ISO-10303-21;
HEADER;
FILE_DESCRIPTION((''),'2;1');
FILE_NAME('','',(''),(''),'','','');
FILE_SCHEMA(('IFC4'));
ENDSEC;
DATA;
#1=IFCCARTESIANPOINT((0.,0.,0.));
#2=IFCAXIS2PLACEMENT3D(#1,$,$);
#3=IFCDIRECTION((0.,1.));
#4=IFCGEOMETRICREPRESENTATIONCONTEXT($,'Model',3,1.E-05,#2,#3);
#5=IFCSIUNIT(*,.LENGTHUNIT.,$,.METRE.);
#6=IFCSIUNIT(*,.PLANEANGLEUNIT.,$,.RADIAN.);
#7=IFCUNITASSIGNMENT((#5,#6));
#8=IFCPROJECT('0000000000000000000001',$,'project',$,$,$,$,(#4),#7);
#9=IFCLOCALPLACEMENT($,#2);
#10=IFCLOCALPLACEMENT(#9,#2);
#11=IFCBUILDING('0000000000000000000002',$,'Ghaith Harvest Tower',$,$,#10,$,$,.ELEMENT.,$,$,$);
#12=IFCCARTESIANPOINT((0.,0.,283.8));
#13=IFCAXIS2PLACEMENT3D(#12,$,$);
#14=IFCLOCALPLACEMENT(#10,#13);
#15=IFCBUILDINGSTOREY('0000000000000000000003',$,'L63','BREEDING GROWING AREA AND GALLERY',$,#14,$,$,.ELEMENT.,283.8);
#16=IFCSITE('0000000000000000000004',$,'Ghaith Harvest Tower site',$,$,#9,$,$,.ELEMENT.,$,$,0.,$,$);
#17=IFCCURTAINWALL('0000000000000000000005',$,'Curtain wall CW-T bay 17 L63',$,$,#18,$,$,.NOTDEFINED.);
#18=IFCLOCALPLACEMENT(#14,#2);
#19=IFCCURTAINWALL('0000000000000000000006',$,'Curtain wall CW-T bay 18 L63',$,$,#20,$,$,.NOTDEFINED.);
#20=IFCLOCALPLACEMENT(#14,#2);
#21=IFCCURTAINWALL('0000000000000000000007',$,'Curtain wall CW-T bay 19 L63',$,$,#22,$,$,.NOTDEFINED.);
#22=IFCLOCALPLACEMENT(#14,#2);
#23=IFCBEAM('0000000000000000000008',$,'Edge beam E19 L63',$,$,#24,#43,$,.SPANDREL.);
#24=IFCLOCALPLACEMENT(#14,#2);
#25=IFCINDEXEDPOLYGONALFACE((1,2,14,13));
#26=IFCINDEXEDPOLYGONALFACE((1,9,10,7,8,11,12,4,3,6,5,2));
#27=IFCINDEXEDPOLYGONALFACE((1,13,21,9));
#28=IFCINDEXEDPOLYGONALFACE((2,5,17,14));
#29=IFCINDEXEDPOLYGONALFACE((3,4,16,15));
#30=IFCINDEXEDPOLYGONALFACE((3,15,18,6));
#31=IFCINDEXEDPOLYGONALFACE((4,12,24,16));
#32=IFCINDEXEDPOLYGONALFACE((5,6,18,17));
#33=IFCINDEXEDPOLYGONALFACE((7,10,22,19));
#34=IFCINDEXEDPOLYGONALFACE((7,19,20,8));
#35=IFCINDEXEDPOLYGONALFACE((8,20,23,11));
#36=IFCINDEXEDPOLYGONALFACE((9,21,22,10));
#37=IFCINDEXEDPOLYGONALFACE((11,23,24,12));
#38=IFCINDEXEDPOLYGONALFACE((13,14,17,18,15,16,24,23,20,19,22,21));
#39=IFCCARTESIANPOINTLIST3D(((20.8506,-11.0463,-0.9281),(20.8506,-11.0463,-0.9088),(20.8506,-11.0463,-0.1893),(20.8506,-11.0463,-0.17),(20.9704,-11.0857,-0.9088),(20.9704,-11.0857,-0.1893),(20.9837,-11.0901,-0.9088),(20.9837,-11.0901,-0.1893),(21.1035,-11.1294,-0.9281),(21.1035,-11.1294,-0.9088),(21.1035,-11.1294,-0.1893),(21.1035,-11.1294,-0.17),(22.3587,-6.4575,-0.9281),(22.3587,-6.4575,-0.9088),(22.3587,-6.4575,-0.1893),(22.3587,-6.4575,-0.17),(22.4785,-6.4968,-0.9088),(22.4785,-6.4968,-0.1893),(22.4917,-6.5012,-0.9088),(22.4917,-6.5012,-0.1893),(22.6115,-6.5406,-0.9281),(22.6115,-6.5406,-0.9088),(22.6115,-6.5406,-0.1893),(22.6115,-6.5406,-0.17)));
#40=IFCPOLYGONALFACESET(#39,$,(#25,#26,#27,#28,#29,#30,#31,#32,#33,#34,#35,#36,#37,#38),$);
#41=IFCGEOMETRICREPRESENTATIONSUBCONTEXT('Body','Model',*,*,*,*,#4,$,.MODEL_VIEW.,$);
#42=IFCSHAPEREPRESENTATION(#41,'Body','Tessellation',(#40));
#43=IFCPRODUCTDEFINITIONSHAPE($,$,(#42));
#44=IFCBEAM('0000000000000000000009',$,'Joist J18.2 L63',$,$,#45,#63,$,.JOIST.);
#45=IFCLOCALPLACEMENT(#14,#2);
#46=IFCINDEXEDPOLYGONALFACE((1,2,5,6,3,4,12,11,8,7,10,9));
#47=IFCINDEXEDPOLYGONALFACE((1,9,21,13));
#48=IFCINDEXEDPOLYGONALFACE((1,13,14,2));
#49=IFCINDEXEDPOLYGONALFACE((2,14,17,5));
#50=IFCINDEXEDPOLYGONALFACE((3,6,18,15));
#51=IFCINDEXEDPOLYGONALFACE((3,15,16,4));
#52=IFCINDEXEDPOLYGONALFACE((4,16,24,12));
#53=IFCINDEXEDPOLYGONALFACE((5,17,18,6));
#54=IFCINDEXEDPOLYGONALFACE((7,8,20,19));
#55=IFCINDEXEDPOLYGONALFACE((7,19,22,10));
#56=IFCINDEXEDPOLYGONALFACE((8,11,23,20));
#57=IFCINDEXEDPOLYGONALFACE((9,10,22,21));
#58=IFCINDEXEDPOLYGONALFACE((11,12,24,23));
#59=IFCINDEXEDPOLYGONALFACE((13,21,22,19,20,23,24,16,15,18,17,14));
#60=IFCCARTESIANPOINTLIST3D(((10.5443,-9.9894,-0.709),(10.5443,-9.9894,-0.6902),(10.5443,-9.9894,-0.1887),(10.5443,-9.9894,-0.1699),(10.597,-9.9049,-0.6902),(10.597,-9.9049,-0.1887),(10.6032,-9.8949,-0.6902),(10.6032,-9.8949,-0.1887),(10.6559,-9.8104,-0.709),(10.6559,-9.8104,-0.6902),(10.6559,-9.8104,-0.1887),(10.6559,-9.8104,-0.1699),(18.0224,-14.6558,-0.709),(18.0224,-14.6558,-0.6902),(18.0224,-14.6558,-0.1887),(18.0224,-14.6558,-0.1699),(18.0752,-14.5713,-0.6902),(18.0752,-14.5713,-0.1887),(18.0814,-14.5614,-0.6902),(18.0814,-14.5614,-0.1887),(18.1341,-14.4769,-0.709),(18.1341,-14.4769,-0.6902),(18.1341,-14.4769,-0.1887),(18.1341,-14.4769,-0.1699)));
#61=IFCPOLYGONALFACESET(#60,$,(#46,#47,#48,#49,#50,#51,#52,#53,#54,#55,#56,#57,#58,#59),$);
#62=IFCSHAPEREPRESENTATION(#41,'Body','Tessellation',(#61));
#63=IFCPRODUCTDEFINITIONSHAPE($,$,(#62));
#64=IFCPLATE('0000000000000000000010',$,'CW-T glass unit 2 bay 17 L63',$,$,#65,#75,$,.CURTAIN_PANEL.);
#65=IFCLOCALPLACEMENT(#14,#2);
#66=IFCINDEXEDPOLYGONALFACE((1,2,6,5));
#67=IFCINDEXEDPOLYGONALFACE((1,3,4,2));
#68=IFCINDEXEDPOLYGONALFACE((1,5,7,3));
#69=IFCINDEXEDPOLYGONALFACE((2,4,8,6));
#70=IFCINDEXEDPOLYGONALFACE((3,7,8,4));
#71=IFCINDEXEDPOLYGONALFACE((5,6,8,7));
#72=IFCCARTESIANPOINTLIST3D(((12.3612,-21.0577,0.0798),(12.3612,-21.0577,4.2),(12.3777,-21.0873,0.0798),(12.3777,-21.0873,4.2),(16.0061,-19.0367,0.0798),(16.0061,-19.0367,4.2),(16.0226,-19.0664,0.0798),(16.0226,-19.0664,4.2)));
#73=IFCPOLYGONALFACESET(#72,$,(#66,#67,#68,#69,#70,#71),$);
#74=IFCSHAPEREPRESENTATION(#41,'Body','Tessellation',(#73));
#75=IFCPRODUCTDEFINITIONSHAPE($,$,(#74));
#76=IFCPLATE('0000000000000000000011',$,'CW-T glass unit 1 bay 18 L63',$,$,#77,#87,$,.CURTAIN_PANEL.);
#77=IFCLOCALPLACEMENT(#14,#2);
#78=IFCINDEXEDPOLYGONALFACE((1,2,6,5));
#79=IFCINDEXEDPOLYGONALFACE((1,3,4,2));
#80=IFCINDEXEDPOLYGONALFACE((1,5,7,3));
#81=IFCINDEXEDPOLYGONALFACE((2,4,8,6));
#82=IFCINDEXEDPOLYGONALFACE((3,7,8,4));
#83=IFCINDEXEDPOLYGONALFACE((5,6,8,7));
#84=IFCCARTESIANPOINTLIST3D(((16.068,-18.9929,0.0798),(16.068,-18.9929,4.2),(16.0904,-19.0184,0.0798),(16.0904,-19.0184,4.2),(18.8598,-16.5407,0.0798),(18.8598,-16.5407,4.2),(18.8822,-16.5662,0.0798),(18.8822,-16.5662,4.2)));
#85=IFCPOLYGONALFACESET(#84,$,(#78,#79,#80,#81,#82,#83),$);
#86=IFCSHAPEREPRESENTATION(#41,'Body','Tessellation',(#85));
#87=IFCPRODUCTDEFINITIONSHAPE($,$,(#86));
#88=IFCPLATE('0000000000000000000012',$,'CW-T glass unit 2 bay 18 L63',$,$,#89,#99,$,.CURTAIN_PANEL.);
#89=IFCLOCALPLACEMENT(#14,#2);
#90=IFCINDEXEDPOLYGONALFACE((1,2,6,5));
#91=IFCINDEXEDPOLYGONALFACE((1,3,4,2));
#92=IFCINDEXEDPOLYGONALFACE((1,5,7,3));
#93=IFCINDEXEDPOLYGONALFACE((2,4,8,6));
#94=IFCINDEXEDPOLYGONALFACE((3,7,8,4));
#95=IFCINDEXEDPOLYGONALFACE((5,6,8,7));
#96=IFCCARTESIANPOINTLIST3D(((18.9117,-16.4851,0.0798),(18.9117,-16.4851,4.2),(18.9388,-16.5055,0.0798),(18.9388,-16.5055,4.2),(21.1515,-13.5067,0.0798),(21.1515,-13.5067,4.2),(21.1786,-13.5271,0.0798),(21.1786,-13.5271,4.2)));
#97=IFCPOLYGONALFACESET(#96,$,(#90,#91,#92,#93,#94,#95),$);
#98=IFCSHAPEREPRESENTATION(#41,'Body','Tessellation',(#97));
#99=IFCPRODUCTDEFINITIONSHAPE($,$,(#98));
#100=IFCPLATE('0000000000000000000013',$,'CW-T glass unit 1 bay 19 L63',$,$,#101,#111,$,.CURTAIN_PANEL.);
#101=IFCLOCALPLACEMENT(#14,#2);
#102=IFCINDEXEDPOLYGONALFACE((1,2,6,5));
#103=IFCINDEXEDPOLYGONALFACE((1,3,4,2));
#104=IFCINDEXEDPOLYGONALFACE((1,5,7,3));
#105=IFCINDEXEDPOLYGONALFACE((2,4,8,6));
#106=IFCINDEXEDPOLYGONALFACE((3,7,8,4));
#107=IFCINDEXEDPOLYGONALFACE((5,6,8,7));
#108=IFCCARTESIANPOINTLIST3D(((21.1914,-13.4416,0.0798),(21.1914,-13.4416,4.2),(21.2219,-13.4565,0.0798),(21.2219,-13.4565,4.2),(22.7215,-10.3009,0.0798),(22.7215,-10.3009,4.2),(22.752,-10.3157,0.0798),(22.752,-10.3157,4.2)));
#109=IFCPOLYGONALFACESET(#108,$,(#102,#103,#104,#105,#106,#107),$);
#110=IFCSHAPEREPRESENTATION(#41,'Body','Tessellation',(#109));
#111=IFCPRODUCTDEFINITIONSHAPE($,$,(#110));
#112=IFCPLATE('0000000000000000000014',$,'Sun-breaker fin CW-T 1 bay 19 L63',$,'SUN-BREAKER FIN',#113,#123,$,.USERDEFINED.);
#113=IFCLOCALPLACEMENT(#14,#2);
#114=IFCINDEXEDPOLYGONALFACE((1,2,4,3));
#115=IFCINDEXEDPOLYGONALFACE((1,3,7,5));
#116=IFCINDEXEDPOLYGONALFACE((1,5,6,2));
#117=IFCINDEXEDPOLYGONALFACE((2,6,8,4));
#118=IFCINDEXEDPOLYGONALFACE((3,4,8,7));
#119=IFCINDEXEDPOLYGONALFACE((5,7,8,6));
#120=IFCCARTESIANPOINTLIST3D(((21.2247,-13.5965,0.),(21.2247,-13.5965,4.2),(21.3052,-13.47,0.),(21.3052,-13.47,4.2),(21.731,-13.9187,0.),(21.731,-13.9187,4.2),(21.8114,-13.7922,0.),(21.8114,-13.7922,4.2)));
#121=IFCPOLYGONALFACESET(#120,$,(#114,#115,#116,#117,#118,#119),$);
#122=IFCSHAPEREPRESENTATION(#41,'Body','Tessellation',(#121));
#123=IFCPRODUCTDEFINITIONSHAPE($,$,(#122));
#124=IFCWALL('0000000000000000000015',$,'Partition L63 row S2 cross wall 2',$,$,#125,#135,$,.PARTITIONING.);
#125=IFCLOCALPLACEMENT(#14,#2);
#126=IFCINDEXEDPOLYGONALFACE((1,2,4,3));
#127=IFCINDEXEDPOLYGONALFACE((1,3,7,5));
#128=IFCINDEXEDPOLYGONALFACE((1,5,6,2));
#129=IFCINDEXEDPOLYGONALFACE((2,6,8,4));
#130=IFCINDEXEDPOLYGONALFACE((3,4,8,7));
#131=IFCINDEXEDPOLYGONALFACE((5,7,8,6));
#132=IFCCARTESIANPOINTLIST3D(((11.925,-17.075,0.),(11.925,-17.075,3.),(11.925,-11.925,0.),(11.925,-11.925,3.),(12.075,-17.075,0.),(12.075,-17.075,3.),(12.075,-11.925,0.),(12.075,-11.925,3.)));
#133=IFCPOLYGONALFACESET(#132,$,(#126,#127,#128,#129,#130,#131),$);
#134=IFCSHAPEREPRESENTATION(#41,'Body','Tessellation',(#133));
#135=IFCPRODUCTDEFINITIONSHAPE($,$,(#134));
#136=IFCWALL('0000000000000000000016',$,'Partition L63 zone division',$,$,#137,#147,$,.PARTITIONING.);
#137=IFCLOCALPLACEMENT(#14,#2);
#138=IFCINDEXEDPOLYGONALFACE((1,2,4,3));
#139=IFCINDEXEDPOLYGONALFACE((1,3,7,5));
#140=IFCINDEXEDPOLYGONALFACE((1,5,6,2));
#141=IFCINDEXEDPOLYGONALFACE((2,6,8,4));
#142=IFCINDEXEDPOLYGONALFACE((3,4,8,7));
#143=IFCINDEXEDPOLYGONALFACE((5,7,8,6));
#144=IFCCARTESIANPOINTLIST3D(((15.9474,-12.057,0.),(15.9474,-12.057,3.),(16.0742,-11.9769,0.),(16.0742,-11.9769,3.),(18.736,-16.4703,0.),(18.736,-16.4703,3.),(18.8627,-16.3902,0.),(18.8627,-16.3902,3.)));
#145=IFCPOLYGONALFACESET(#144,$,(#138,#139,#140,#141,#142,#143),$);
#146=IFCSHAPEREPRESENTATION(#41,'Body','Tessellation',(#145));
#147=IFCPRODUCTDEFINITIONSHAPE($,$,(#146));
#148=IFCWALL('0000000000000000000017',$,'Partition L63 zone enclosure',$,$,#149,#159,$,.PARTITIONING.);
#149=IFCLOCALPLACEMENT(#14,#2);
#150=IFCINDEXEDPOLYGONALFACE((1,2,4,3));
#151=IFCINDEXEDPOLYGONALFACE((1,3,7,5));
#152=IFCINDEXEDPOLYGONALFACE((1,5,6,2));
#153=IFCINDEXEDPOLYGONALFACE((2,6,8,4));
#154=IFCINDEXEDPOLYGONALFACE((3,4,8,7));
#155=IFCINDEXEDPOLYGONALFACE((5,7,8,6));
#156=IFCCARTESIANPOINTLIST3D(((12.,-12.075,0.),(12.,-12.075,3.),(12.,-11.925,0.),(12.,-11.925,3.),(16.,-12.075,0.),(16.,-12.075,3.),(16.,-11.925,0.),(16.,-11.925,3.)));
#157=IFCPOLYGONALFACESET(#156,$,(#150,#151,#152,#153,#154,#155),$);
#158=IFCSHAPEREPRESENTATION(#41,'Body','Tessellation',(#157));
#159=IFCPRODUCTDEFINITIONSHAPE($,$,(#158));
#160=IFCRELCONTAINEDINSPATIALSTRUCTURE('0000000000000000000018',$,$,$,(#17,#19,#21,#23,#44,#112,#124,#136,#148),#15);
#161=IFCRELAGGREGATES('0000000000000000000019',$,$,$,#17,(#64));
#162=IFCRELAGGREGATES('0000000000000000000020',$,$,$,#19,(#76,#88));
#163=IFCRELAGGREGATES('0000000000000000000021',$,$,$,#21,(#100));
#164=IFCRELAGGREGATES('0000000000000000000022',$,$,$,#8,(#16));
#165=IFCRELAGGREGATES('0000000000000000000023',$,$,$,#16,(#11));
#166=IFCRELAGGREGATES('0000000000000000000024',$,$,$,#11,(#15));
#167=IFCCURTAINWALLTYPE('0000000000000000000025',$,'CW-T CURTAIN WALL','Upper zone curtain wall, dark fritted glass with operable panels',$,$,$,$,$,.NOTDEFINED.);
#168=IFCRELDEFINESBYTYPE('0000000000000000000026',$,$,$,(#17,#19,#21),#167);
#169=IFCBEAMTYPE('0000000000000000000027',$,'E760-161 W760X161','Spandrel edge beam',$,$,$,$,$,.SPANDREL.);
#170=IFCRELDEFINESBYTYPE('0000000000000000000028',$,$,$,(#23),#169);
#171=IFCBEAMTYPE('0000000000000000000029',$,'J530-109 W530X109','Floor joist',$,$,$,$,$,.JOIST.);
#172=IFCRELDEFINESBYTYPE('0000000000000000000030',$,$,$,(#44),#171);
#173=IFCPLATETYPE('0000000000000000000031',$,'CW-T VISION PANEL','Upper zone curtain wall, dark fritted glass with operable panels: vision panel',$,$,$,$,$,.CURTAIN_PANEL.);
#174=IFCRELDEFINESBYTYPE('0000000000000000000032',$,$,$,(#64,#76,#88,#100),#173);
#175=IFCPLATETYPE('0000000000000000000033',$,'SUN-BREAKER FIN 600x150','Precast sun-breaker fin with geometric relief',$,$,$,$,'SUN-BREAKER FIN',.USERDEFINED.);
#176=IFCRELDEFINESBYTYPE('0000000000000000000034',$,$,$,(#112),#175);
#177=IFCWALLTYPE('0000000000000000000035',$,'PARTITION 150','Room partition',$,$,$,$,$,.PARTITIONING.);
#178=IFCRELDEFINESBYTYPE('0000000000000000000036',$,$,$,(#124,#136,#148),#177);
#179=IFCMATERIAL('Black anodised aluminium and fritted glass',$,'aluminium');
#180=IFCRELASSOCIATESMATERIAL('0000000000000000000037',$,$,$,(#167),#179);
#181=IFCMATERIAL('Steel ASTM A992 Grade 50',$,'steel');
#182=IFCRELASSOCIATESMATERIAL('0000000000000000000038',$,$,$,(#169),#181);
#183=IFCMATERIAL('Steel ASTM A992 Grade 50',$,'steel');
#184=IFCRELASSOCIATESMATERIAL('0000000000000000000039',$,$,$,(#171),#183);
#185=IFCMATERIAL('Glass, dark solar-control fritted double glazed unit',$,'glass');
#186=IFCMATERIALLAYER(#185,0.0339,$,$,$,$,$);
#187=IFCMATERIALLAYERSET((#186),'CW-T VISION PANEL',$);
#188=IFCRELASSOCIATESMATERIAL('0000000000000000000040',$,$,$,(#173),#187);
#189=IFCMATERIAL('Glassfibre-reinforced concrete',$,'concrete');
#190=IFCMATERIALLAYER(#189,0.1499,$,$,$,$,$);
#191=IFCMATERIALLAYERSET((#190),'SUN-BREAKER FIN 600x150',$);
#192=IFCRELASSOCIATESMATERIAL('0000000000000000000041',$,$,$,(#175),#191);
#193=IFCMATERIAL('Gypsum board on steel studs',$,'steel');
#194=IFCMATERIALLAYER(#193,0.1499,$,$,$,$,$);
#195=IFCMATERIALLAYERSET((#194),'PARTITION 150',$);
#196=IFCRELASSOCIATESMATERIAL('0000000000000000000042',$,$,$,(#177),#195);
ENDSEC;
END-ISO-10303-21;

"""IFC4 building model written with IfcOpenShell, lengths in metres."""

from ifc_helpers import new_model, si_unit, direction, frame, frame_2d, origin, origin_2d, place, context, subcontext, project, spatial, rectangle, i_section, extrude, material, layer, layer_set, material_profile, profile_set, type_object, element, aggregate, save


model = new_model("IFC4")

# Units and contexts
model_context = context("Model", 3, precision=1e-05, world=origin(), true_north=direction((0.0, 1.0)))
body_context = subcontext(model_context, "Body", "Model", "MODEL_VIEW")
ifc_project = project(units=[si_unit("LENGTHUNIT", "METRE"), si_unit("PLANEANGLEUNIT", "RADIAN")], contexts=[model_context])

# Site, building, storey
site_placement = place(None, origin())
site = spatial("IfcSite", under=ifc_project, at=site_placement, Name="Ghaith Harvest Tower site", CompositionType="ELEMENT", RefElevation=0.0)
building_placement = place(site_placement, origin())
building = spatial("IfcBuilding", under=site, at=building_placement, Name="Ghaith Harvest Tower", CompositionType="ELEMENT")
storey_placement = place(building_placement, frame((0.0, 0.0, 283.8)))
storey = spatial("IfcBuildingStorey", under=building, at=storey_placement, Name="L63", Description="BREEDING GROWING AREA AND GALLERY", CompositionType="ELEMENT", Elevation=283.8)

# Curtain wall
ifc_material_1 = material(Name="Black anodised aluminium and fritted glass", Category="aluminium")
curtain_wall_type = type_object("IfcCurtainWallType", Name="CW-T CURTAIN WALL", Description="Upper zone curtain wall, dark fritted glass with operable panels", PredefinedType="NOTDEFINED", material=ifc_material_1)
curtain_wall_1_placement = place(storey_placement, origin())
curtain_wall_1 = element("IfcCurtainWall", 1, at=curtain_wall_1_placement, inside=storey, type_object=curtain_wall_type, Name="Curtain wall CW-T bay 17 L63", PredefinedType="NOTDEFINED")

# Curtain walls
curtain_wall_2_placement = place(storey_placement, origin())
curtain_wall_2 = element("IfcCurtainWall", 2, at=curtain_wall_2_placement, inside=storey, type_object=curtain_wall_type, Name="Curtain wall CW-T bay 18 L63", PredefinedType="NOTDEFINED")
curtain_wall_3_placement = place(storey_placement, origin())
curtain_wall_3 = element("IfcCurtainWall", 3, at=curtain_wall_3_placement, inside=storey, type_object=curtain_wall_type, Name="Curtain wall CW-T bay 19 L63", PredefinedType="NOTDEFINED")

# Beams
ifc_material_2 = material(Name="Steel ASTM A992 Grade 50", Category="steel")
ifc_material_profile_1 = material_profile(ifc_material_2, i_section(OverallWidth=0.2661, OverallDepth=0.7581, WebThickness=0.0139, FlangeThickness=0.0193, at=origin_2d()), Name="W760X161")
ifc_profile_set_1 = profile_set([ifc_material_profile_1], Name="Steel ASTM A992 Grade 50")
beam_type_1 = type_object("IfcBeamType", Name="E760-161 W760X161", Description="Spandrel edge beam", PredefinedType="SPANDREL", material=ifc_profile_set_1)
beam_1_placement = place(storey_placement, frame((20.9771, -11.0879, -0.5491), z_axis=(0.312207, 0.950014, 0.0), x_axis=(-0.950014, 0.312207, 0.0)))
element("IfcBeam", 4, at=beam_1_placement, inside=storey, type_object=beam_type_1, Name="Edge beam E19 L63", PredefinedType="SPANDREL", context=body_context, shape_type="SweptSolid", body=[
    extrude(i_section(OverallWidth=0.2661, OverallDepth=0.7581, WebThickness=0.0139, FlangeThickness=0.0193, at=origin_2d()), origin(), (0.0, 0.0, 1.0), 4.8303),
])
ifc_material_3 = material(Name="Steel ASTM A992 Grade 50", Category="steel")
ifc_material_profile_2 = material_profile(ifc_material_3, i_section(OverallWidth=0.2109, OverallDepth=0.5391, WebThickness=0.0117, FlangeThickness=0.0188, at=origin_2d()), Name="W530X109")
ifc_profile_set_2 = profile_set([ifc_material_profile_2], Name="Steel ASTM A992 Grade 50")
beam_type_2 = type_object("IfcBeamType", Name="J530-109 W530X109", Description="Floor joist", PredefinedType="JOIST", material=ifc_profile_set_2)
beam_2_placement = place(storey_placement, frame((10.6001, -9.8999, -0.4395), z_axis=(0.848376, -0.529394, 0.0), x_axis=(0.529394, 0.848376, 0.0)))
element("IfcBeam", 5, at=beam_2_placement, inside=storey, type_object=beam_type_2, Name="Joist J18.2 L63", PredefinedType="JOIST", context=body_context, shape_type="SweptSolid", body=[
    extrude(i_section(OverallWidth=0.2109, OverallDepth=0.5391, WebThickness=0.0117, FlangeThickness=0.0188, at=origin_2d()), origin(), (0.0, 0.0, 1.0), 8.8147),
])

# Plates
ifc_material_4 = material(Name="Glass, dark solar-control fritted double glazed unit", Category="glass")
ifc_layer_1 = layer(ifc_material_4, 0.0339)
ifc_layer_set_1 = layer_set([ifc_layer_1], Name="CW-T VISION PANEL")
plate_type_1 = type_object("IfcPlateType", Name="CW-T VISION PANEL", Description="Upper zone curtain wall, dark fritted glass with operable panels: vision panel", PredefinedType="CURTAIN_PANEL", material=ifc_layer_set_1)
plate_1_placement = place(storey_placement, frame((14.1919, -20.062, 0.0798), z_axis=(0.0, 0.0, 1.0), x_axis=(0.874564, 0.48491, 0.0)))
plate_1 = element("IfcPlate", 6, at=plate_1_placement, type_object=plate_type_1, Name="CW-T glass unit 2 bay 17 L63", PredefinedType="CURTAIN_PANEL", context=body_context, shape_type="SweptSolid", body=[
    extrude(rectangle(XDim=4.1677, YDim=0.0339, at=origin_2d()), origin(), (0.0, 0.0, 1.0), 4.1201),
])
aggregate(curtain_wall_1, [plate_1])
plate_2_placement = place(storey_placement, frame((17.4751, -17.7795, 0.0798), z_axis=(0.0, 0.0, 1.0), x_axis=(0.751335, 0.659922, 0.0)))
plate_2 = element("IfcPlate", 7, at=plate_2_placement, type_object=plate_type_1, Name="CW-T glass unit 1 bay 18 L63", PredefinedType="CURTAIN_PANEL", context=body_context, shape_type="SweptSolid", body=[
    extrude(rectangle(XDim=3.7158, YDim=0.0339, at=origin_2d()), origin(), (0.0, 0.0, 1.0), 4.1201),
])
plate_3_placement = place(storey_placement, frame((20.0452, -15.0061, 0.0798), z_axis=(0.0, 0.0, 1.0), x_axis=(0.601048, 0.799213, 0.0)))
plate_3 = element("IfcPlate", 8, at=plate_3_placement, type_object=plate_type_1, Name="CW-T glass unit 2 bay 18 L63", PredefinedType="CURTAIN_PANEL", context=body_context, shape_type="SweptSolid", body=[
    extrude(rectangle(XDim=3.7266, YDim=0.0339, at=origin_2d()), origin(), (0.0, 0.0, 1.0), 4.1201),
])
aggregate(curtain_wall_2, [plate_2, plate_3])
plate_4_placement = place(storey_placement, frame((21.9717, -11.8787, 0.0798), z_axis=(0.0, 0.0, 1.0), x_axis=(0.437968, 0.89899, 0.0)))
plate_4 = element("IfcPlate", 9, at=plate_4_placement, type_object=plate_type_1, Name="CW-T glass unit 1 bay 19 L63", PredefinedType="CURTAIN_PANEL", context=body_context, shape_type="SweptSolid", body=[
    extrude(rectangle(XDim=3.4937, YDim=0.0339, at=origin_2d()), origin(), (0.0, 0.0, 1.0), 4.1201),
])
aggregate(curtain_wall_3, [plate_4])
ifc_material_5 = material(Name="Glassfibre-reinforced concrete", Category="concrete")
ifc_layer_2 = layer(ifc_material_5, 0.1499)
ifc_layer_set_2 = layer_set([ifc_layer_2], Name="SUN-BREAKER FIN 600x150")
plate_type_2 = type_object("IfcPlateType", Name="SUN-BREAKER FIN 600x150", Description="Precast sun-breaker fin with geometric relief", ElementType="SUN-BREAKER FIN", PredefinedType="USERDEFINED", material=ifc_layer_set_2)
plate_5_placement = place(storey_placement, frame((21.5181, -13.6943, 0.0), z_axis=(0.0, 0.0, 1.0), x_axis=(0.843644, -0.536903, 0.0)))
element("IfcPlate", 10, at=plate_5_placement, inside=storey, type_object=plate_type_2, Name="Sun-breaker fin CW-T 1 bay 19 L63", ObjectType="SUN-BREAKER FIN", PredefinedType="USERDEFINED", context=body_context, shape_type="SweptSolid", body=[
    extrude(rectangle(XDim=0.6001, YDim=0.1499, at=origin_2d()), origin(), (0.0, 0.0, 1.0), 4.2),
])

# Walls
ifc_material_6 = material(Name="Gypsum board on steel studs", Category="steel")
ifc_layer_3 = layer(ifc_material_6, 0.1499)
ifc_layer_set_3 = layer_set([ifc_layer_3], Name="PARTITION 150")
wall_type = type_object("IfcWallType", Name="PARTITION 150", Description="Room partition", PredefinedType="PARTITIONING", material=ifc_layer_set_3)
wall_1_placement = place(storey_placement, frame((12.0, -11.925, 0.0), z_axis=(0.0, 0.0, 1.0), x_axis=(0.0, -1.0, 0.0)))
element("IfcWall", 11, at=wall_1_placement, inside=storey, type_object=wall_type, Name="Partition L63 row S2 cross wall 2", PredefinedType="PARTITIONING", context=body_context, shape_type="SweptSolid", body=[
    extrude(rectangle(XDim=5.1499, YDim=0.1499, at=frame_2d((2.575, 0.0))), origin(), (0.0, 0.0, 1.0), 3.0),
])
wall_2_placement = place(storey_placement, frame((16.0107, -12.0168, 0.0), z_axis=(0.0, 0.0, 1.0), x_axis=(0.534158, -0.845384, 0.0)))
element("IfcWall", 12, at=wall_2_placement, inside=storey, type_object=wall_type, Name="Partition L63 zone division", PredefinedType="PARTITIONING", context=body_context, shape_type="SweptSolid", body=[
    extrude(rectangle(XDim=5.2205, YDim=0.1499, at=frame_2d((2.6104, 0.0))), origin(), (0.0, 0.0, 1.0), 3.0),
])
wall_3_placement = place(storey_placement, frame((12.0, -12.0, 0.0), z_axis=(0.0, 0.0, 1.0), x_axis=(1.0, 0.0, 0.0)))
element("IfcWall", 13, at=wall_3_placement, inside=storey, type_object=wall_type, Name="Partition L63 zone enclosure", PredefinedType="PARTITIONING", context=body_context, shape_type="SweptSolid", body=[
    extrude(rectangle(XDim=4.0, YDim=0.1499, at=frame_2d((2.0, 0.0))), origin(), (0.0, 0.0, 1.0), 3.0),
])

save(model, "model.ifc")
